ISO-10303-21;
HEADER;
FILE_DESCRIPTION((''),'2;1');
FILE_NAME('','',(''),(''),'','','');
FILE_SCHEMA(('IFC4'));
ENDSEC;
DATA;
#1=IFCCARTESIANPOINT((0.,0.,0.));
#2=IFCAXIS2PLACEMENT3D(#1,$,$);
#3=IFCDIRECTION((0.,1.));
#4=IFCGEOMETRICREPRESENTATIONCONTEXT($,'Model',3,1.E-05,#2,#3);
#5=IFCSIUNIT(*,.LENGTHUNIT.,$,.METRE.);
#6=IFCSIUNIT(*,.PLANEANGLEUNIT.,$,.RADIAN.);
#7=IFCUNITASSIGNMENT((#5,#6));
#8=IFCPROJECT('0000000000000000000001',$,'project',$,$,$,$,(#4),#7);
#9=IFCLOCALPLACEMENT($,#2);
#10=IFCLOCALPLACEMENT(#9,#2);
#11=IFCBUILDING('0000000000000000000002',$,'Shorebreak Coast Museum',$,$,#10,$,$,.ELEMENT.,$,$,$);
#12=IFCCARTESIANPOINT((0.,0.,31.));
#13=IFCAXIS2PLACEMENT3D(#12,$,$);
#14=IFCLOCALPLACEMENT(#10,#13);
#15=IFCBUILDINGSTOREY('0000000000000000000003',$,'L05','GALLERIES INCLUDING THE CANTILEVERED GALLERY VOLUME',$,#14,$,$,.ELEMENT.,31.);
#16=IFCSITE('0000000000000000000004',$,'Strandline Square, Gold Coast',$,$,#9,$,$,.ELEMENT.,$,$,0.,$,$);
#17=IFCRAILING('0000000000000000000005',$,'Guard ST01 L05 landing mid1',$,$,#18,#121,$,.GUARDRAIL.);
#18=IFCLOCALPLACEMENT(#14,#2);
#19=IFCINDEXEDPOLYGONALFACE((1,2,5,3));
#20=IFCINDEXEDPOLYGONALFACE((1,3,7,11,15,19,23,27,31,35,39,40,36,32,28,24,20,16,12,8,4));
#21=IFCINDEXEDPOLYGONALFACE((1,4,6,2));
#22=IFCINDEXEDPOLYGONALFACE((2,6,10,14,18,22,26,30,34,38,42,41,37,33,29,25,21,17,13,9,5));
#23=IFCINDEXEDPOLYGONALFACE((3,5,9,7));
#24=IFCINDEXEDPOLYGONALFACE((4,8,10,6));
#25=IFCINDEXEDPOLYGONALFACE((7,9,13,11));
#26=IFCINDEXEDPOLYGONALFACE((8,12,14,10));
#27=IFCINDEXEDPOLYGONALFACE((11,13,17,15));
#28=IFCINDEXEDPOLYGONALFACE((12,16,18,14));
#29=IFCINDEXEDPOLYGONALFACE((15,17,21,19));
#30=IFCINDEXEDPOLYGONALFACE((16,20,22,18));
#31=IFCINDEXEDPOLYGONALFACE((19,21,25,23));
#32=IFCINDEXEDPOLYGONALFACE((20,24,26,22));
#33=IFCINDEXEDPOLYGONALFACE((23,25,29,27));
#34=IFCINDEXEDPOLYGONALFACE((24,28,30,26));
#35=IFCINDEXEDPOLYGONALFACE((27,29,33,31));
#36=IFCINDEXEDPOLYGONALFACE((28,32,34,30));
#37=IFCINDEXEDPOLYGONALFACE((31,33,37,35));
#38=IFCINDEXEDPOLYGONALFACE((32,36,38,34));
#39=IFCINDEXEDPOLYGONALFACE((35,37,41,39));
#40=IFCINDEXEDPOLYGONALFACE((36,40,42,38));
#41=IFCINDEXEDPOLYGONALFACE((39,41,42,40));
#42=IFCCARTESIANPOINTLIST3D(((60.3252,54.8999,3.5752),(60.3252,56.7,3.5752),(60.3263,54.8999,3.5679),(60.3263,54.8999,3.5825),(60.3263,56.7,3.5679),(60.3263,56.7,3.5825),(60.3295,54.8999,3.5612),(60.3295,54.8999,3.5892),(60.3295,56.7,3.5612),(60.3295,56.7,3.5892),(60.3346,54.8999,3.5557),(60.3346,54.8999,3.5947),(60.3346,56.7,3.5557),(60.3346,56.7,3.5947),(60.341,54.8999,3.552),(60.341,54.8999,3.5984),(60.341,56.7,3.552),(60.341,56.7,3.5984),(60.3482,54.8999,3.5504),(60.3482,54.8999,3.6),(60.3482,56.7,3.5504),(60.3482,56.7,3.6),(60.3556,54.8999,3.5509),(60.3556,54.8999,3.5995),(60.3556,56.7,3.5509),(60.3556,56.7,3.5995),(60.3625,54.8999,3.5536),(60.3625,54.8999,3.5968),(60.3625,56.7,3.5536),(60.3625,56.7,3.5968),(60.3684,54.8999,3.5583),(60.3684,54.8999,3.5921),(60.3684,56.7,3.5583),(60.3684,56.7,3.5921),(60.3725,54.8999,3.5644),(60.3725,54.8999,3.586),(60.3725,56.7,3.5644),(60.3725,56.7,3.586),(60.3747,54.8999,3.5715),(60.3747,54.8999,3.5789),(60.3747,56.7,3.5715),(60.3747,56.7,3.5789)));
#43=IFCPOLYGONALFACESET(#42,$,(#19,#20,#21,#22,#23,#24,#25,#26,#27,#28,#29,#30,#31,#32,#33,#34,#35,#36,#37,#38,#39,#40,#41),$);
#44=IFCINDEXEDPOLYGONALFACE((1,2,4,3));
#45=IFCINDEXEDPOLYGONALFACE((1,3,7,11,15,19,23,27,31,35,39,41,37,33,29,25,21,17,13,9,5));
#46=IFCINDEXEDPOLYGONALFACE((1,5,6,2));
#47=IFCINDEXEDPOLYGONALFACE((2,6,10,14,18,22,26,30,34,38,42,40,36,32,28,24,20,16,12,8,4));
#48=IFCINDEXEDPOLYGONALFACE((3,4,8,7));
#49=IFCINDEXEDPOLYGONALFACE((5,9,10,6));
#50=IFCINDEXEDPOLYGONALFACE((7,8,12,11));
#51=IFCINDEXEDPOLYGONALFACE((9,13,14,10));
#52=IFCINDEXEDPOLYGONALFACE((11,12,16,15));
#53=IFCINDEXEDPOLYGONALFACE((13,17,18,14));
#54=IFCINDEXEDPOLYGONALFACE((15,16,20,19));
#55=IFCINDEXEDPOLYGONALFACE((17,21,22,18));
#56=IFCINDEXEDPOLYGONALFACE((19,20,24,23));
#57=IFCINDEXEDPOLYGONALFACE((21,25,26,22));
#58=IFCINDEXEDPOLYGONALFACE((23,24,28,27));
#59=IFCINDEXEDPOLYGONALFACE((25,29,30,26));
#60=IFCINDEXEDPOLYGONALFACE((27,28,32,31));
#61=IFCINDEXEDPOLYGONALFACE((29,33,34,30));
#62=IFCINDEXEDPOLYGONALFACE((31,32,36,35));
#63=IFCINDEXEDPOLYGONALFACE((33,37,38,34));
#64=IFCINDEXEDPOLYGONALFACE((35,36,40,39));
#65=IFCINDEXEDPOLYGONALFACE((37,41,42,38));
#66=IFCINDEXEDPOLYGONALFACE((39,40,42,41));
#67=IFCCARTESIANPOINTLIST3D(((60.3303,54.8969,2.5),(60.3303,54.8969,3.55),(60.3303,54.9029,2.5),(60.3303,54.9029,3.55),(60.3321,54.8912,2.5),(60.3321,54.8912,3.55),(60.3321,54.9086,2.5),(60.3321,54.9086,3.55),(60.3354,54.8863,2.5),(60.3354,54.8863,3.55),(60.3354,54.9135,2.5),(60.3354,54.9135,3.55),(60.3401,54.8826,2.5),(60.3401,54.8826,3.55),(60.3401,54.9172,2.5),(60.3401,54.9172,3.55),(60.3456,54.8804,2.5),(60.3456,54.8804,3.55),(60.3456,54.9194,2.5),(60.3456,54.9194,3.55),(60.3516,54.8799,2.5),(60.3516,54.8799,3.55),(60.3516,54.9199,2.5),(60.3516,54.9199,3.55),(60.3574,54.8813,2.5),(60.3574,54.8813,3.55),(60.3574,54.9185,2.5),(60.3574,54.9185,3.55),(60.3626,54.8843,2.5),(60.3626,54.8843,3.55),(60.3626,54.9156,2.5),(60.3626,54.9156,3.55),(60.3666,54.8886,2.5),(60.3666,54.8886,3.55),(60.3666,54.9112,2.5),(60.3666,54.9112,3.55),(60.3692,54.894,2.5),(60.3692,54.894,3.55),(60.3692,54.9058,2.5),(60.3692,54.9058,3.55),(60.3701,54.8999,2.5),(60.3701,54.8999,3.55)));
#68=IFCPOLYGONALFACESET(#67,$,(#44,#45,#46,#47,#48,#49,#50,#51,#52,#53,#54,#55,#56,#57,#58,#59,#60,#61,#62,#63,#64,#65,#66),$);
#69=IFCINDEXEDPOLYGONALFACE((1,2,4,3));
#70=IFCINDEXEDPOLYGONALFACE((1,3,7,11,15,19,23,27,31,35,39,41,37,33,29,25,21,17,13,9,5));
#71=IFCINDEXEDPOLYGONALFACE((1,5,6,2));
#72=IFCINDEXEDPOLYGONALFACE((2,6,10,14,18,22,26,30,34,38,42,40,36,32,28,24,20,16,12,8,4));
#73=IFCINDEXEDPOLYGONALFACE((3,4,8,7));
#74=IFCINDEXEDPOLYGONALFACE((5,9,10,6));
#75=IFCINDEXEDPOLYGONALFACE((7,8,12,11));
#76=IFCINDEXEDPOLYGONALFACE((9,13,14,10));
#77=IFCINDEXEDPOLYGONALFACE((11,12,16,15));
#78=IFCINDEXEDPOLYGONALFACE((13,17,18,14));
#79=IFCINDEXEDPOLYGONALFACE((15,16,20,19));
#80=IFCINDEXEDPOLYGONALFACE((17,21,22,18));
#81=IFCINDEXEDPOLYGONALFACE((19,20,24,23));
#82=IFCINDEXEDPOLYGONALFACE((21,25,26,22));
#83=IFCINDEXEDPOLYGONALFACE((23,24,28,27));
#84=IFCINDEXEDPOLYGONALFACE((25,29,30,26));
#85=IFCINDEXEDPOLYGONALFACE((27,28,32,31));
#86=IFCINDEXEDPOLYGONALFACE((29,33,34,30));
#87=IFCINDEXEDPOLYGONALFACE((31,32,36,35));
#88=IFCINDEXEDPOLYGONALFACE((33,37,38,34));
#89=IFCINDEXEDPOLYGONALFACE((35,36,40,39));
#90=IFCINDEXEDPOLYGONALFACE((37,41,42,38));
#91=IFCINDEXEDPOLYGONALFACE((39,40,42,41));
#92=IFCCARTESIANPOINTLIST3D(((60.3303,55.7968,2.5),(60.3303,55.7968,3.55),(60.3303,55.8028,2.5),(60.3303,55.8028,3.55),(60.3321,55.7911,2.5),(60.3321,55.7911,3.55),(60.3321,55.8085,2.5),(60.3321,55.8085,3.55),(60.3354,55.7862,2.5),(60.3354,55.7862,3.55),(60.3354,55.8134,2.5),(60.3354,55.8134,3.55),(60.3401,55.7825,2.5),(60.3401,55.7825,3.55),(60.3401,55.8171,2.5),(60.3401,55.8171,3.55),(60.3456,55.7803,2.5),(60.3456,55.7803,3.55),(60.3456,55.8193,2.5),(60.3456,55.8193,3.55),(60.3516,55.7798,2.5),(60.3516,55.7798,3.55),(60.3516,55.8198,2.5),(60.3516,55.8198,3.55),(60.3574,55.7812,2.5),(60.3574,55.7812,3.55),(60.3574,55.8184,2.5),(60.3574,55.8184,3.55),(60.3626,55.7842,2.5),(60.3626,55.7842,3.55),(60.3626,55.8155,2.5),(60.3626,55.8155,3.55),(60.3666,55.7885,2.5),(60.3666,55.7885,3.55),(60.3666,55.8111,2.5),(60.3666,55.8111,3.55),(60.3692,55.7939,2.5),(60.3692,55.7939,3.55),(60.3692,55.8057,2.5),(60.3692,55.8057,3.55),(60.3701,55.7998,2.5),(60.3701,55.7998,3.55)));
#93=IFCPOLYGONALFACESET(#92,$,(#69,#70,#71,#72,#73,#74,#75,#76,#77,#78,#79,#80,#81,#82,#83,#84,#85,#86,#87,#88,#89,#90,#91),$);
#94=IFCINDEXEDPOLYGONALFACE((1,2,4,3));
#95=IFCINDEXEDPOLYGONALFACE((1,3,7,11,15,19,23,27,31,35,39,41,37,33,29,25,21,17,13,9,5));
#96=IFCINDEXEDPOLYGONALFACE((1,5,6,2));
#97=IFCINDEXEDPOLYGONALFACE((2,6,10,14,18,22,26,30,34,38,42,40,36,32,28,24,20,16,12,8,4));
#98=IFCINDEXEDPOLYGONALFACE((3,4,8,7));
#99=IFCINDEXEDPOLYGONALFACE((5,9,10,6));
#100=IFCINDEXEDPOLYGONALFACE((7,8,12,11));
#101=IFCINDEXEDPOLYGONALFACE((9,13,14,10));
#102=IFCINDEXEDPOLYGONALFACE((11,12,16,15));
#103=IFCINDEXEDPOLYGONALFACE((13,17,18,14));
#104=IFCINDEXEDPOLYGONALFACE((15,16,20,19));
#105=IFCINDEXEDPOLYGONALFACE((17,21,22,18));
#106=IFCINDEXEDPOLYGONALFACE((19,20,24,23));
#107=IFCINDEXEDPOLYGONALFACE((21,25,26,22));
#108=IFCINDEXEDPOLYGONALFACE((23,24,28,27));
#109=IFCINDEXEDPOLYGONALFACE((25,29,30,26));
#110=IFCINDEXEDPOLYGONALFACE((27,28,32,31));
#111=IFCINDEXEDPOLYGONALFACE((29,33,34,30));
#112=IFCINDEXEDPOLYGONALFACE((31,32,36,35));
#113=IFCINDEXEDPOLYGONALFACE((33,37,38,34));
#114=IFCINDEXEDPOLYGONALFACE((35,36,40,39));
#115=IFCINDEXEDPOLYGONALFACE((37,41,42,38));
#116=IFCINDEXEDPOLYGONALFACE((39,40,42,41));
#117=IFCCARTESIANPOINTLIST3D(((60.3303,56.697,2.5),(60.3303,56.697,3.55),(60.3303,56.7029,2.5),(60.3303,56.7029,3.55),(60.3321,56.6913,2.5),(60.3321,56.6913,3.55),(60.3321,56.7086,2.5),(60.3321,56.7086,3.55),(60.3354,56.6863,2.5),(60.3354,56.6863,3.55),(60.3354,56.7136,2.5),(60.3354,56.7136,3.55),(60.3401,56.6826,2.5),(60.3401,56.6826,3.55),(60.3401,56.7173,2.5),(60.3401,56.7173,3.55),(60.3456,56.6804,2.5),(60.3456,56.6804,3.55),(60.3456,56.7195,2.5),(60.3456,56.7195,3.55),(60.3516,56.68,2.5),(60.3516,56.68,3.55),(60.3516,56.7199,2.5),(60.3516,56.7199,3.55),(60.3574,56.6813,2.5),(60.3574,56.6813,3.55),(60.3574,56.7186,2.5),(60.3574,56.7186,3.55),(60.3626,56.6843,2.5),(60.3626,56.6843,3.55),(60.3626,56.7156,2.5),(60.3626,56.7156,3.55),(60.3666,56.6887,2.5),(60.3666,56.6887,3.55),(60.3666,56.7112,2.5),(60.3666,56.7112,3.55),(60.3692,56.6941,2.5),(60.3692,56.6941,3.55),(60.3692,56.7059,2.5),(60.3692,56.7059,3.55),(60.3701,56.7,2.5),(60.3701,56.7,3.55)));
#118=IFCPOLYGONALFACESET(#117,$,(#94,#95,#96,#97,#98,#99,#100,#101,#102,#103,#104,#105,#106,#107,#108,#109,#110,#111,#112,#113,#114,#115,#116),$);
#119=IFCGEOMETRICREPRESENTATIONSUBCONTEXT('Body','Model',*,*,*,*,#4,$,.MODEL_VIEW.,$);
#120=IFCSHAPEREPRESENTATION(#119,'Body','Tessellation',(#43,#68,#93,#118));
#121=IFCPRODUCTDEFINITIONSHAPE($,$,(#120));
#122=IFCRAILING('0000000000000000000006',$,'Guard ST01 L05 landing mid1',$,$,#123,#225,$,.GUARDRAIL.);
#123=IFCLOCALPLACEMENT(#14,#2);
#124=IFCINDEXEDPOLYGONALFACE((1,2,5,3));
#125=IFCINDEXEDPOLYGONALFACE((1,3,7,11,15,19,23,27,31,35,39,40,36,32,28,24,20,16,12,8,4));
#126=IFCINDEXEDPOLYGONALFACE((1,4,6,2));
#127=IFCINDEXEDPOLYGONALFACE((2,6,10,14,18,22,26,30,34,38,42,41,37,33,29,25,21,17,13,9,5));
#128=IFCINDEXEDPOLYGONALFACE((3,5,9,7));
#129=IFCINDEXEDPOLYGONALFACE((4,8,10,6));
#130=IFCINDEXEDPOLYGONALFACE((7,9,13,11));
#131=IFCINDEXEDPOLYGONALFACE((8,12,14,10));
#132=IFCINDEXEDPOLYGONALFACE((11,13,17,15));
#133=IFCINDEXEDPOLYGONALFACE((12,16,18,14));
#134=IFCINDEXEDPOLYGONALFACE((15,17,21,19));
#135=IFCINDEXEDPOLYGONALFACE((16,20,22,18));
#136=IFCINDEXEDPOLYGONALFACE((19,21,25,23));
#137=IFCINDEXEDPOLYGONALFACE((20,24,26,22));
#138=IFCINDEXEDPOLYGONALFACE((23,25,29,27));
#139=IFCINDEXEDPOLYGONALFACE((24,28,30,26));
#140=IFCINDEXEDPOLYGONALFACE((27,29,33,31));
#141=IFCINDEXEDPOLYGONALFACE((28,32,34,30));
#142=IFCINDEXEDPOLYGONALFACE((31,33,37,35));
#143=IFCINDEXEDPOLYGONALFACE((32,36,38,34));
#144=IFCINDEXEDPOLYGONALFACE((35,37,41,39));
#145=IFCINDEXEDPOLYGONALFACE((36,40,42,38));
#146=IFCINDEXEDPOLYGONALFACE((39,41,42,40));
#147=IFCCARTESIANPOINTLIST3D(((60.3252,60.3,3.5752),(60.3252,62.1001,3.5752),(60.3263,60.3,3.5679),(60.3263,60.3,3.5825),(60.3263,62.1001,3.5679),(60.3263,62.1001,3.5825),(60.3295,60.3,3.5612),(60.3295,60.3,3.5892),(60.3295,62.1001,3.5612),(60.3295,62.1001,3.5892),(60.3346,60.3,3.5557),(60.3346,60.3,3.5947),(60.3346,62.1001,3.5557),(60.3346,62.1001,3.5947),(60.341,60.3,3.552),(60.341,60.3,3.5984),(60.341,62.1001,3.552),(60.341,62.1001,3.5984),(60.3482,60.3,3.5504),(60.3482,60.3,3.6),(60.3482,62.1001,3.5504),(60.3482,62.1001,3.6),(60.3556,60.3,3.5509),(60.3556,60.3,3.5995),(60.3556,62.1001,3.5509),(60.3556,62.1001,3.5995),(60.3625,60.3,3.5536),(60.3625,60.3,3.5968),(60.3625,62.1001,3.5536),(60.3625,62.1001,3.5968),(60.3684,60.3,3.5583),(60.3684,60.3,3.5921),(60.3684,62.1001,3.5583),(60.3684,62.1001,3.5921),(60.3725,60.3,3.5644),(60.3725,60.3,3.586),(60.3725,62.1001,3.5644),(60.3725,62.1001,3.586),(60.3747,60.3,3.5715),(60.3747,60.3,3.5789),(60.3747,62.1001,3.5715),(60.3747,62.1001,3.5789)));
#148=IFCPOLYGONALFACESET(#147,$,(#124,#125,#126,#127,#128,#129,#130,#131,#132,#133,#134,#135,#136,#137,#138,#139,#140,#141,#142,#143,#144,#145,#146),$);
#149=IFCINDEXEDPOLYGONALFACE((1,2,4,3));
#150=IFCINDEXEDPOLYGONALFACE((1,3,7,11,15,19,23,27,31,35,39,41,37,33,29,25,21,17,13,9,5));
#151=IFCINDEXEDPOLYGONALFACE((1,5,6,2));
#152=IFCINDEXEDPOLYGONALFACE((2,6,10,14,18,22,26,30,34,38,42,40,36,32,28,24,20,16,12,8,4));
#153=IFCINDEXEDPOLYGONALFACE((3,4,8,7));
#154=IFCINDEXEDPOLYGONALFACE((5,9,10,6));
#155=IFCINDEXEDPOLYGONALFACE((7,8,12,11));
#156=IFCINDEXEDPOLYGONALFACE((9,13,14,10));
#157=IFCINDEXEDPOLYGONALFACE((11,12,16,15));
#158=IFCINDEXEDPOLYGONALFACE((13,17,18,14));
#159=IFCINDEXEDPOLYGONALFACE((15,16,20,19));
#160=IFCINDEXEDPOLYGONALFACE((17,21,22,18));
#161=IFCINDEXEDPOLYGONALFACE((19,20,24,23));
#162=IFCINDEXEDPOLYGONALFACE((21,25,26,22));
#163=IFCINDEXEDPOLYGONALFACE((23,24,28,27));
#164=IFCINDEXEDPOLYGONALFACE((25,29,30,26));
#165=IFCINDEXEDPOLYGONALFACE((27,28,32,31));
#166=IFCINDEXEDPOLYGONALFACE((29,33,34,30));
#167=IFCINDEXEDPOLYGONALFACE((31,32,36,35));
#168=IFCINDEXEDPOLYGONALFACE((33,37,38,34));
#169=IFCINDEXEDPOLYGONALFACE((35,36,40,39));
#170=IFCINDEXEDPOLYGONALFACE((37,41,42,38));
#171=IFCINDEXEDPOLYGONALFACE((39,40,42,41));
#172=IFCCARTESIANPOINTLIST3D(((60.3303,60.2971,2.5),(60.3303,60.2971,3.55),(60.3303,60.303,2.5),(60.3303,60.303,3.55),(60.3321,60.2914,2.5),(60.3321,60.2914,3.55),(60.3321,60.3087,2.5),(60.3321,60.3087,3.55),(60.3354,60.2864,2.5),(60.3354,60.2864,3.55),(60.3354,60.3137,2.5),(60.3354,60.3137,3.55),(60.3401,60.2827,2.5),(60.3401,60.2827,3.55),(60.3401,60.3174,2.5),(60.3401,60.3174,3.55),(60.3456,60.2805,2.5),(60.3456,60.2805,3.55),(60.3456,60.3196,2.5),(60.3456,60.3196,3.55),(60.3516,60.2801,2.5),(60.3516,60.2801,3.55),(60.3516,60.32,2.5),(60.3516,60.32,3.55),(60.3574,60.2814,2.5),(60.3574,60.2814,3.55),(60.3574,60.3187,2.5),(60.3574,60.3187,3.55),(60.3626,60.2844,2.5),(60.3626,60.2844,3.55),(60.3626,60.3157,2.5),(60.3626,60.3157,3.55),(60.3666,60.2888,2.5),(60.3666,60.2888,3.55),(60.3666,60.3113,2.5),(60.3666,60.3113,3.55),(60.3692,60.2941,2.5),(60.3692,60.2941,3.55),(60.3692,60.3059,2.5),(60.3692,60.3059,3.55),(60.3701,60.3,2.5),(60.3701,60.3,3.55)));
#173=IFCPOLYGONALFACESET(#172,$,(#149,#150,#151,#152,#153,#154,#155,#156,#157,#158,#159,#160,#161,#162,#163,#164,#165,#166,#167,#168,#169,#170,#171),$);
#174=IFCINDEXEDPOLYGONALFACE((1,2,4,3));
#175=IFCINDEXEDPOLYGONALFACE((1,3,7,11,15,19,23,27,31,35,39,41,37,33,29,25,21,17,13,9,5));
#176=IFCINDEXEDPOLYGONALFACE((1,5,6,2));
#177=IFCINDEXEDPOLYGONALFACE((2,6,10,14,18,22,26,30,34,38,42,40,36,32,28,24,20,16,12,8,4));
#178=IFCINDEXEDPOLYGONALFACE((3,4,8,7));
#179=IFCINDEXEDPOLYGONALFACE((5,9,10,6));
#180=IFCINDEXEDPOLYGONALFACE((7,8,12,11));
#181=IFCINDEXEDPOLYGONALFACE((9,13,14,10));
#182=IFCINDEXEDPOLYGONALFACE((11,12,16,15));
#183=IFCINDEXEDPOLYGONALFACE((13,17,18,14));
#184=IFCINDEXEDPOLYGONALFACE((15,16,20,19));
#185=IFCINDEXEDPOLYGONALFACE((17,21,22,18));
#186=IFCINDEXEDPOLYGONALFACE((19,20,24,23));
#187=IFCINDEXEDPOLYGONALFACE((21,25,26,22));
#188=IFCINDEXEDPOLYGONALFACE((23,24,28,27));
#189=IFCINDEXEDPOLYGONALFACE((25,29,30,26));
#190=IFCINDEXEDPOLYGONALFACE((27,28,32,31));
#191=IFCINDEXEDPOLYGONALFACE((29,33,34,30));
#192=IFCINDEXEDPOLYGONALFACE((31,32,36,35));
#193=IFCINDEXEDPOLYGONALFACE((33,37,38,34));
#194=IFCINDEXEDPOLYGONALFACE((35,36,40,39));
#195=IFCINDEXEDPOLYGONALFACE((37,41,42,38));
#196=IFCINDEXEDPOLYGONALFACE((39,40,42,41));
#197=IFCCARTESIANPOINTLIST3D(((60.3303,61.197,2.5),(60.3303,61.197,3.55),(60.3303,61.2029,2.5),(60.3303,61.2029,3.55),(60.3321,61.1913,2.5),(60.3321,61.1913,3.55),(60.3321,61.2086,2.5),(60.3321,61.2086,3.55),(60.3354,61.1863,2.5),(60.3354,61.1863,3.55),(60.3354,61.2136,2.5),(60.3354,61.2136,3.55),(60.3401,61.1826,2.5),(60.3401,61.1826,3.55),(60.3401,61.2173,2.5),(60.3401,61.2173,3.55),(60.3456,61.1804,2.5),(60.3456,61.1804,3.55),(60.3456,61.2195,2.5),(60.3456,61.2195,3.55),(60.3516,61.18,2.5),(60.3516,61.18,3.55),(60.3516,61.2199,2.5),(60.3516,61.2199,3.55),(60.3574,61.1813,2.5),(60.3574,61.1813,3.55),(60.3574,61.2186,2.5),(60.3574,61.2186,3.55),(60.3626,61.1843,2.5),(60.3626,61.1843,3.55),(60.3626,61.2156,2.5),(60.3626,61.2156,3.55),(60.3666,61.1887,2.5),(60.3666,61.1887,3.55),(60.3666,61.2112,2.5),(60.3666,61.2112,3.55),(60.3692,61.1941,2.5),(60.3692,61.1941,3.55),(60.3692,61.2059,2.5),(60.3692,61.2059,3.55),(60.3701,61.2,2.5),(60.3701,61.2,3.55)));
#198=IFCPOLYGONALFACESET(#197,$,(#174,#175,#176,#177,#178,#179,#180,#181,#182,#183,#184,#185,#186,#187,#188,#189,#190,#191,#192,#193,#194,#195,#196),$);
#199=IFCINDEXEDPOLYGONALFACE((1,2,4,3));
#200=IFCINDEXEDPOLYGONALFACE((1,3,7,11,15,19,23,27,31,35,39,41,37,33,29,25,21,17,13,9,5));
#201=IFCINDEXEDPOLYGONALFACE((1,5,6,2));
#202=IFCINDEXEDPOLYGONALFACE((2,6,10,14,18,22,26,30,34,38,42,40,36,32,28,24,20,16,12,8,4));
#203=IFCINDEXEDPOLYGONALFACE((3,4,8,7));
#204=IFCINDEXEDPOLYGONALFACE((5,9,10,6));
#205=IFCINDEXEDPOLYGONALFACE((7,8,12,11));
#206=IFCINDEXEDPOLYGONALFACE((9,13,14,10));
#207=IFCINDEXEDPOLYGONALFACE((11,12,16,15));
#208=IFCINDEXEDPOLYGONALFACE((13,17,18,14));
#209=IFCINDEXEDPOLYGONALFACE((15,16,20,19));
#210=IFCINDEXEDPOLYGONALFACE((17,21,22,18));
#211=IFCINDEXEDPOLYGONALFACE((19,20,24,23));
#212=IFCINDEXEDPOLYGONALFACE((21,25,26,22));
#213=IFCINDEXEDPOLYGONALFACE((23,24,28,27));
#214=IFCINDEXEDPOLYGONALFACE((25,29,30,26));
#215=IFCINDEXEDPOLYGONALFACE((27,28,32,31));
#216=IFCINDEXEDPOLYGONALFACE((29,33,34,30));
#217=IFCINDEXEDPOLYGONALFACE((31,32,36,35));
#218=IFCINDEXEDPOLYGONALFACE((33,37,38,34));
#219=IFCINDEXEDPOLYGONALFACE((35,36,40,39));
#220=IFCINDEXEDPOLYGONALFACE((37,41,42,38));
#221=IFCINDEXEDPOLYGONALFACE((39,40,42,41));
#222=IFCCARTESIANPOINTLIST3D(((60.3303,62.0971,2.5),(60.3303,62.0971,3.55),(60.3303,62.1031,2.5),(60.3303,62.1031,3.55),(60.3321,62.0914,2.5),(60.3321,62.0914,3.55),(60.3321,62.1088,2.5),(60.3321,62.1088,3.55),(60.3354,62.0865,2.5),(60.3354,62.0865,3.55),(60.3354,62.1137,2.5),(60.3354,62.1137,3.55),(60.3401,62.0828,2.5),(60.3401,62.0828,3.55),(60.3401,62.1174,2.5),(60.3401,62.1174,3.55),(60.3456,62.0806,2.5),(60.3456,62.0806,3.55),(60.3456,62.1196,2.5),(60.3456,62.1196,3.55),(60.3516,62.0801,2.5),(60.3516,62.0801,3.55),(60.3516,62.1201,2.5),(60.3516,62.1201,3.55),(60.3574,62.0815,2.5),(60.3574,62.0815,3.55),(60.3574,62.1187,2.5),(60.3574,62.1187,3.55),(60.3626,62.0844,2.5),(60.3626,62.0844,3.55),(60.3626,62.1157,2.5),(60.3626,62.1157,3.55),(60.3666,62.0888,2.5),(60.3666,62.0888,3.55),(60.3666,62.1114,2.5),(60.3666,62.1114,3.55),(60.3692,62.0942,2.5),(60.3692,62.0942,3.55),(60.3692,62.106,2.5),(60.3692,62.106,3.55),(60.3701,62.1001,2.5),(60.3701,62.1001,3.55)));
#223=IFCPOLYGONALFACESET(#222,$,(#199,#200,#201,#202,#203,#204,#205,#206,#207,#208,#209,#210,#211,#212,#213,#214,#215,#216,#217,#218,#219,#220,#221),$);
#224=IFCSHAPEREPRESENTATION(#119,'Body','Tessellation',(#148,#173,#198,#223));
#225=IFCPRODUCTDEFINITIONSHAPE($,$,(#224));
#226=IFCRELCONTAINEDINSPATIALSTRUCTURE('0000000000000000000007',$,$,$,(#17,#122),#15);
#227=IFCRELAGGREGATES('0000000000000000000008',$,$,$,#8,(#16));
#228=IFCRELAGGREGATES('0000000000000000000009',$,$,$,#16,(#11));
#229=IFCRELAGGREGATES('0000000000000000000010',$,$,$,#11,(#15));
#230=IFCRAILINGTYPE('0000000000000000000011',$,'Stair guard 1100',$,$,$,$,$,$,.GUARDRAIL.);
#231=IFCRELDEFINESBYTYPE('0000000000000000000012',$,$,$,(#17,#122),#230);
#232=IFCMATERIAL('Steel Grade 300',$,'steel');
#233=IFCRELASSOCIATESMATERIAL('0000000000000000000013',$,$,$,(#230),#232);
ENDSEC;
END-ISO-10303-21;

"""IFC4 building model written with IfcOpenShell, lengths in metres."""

from ifc_helpers import new_model, si_unit, direction, frame, origin, origin_2d, place, context, subcontext, project, spatial, circle, extrude, material, type_object, element, save


model = new_model("IFC4")

# Units and contexts
model_context = context("Model", 3, precision=1e-05, world=origin(), true_north=direction((0.0, 1.0)))
body_context = subcontext(model_context, "Body", "Model", "MODEL_VIEW")
ifc_project = project(units=[si_unit("LENGTHUNIT", "METRE"), si_unit("PLANEANGLEUNIT", "RADIAN")], contexts=[model_context])

# Site, building, storey
site_placement = place(None, origin())
site = spatial("IfcSite", under=ifc_project, at=site_placement, Name="Strandline Square, Gold Coast", CompositionType="ELEMENT", RefElevation=0.0)
building_placement = place(site_placement, origin())
building = spatial("IfcBuilding", under=site, at=building_placement, Name="Shorebreak Coast Museum", CompositionType="ELEMENT")
storey_placement = place(building_placement, frame((0.0, 0.0, 31.0)))
storey = spatial("IfcBuildingStorey", under=building, at=storey_placement, Name="L05", Description="GALLERIES INCLUDING THE CANTILEVERED GALLERY VOLUME", CompositionType="ELEMENT", Elevation=31.0)

# Railings
ifc_material_1 = material(Name="Steel Grade 300", Category="steel")
railing_type_1 = type_object("IfcRailingType", Name="Stair guard 1100", PredefinedType="GUARDRAIL", material=ifc_material_1)
for number, where, name in (
    (1, (60.3501, 54.8999, 2.5), "Guard ST01 L05 landing mid1"),
    (2, (60.3501, 60.3, 2.5), "Guard ST01 L05 landing mid1"),
):
    element("IfcRailing", number, at=place(storey_placement, frame(where)), inside=storey, type_object=railing_type_1, Name=name, PredefinedType="GUARDRAIL", context=body_context, shape_type="SweptSolid", body=[
        extrude(circle(Radius=0.0249, at=origin_2d()), frame((0.0, 0.0, 1.0752), z_axis=(0.0, 1.0, 0.0), x_axis=(-1.0, 0.0, 0.0)), (0.0, 0.0, 1.0), 1.8),
        extrude(circle(Radius=0.02, at=origin_2d()), origin(), (0.0, 0.0, 1.0), 1.05),
        extrude(circle(Radius=0.02, at=origin_2d()), frame((0.0, 0.8999, 0.0)), (0.0, 0.0, 1.0), 1.05),
        extrude(circle(Radius=0.02, at=origin_2d()), frame((0.0, 1.8, 0.0)), (0.0, 0.0, 1.0), 1.05),
    ])

save(model, "model.ifc")
